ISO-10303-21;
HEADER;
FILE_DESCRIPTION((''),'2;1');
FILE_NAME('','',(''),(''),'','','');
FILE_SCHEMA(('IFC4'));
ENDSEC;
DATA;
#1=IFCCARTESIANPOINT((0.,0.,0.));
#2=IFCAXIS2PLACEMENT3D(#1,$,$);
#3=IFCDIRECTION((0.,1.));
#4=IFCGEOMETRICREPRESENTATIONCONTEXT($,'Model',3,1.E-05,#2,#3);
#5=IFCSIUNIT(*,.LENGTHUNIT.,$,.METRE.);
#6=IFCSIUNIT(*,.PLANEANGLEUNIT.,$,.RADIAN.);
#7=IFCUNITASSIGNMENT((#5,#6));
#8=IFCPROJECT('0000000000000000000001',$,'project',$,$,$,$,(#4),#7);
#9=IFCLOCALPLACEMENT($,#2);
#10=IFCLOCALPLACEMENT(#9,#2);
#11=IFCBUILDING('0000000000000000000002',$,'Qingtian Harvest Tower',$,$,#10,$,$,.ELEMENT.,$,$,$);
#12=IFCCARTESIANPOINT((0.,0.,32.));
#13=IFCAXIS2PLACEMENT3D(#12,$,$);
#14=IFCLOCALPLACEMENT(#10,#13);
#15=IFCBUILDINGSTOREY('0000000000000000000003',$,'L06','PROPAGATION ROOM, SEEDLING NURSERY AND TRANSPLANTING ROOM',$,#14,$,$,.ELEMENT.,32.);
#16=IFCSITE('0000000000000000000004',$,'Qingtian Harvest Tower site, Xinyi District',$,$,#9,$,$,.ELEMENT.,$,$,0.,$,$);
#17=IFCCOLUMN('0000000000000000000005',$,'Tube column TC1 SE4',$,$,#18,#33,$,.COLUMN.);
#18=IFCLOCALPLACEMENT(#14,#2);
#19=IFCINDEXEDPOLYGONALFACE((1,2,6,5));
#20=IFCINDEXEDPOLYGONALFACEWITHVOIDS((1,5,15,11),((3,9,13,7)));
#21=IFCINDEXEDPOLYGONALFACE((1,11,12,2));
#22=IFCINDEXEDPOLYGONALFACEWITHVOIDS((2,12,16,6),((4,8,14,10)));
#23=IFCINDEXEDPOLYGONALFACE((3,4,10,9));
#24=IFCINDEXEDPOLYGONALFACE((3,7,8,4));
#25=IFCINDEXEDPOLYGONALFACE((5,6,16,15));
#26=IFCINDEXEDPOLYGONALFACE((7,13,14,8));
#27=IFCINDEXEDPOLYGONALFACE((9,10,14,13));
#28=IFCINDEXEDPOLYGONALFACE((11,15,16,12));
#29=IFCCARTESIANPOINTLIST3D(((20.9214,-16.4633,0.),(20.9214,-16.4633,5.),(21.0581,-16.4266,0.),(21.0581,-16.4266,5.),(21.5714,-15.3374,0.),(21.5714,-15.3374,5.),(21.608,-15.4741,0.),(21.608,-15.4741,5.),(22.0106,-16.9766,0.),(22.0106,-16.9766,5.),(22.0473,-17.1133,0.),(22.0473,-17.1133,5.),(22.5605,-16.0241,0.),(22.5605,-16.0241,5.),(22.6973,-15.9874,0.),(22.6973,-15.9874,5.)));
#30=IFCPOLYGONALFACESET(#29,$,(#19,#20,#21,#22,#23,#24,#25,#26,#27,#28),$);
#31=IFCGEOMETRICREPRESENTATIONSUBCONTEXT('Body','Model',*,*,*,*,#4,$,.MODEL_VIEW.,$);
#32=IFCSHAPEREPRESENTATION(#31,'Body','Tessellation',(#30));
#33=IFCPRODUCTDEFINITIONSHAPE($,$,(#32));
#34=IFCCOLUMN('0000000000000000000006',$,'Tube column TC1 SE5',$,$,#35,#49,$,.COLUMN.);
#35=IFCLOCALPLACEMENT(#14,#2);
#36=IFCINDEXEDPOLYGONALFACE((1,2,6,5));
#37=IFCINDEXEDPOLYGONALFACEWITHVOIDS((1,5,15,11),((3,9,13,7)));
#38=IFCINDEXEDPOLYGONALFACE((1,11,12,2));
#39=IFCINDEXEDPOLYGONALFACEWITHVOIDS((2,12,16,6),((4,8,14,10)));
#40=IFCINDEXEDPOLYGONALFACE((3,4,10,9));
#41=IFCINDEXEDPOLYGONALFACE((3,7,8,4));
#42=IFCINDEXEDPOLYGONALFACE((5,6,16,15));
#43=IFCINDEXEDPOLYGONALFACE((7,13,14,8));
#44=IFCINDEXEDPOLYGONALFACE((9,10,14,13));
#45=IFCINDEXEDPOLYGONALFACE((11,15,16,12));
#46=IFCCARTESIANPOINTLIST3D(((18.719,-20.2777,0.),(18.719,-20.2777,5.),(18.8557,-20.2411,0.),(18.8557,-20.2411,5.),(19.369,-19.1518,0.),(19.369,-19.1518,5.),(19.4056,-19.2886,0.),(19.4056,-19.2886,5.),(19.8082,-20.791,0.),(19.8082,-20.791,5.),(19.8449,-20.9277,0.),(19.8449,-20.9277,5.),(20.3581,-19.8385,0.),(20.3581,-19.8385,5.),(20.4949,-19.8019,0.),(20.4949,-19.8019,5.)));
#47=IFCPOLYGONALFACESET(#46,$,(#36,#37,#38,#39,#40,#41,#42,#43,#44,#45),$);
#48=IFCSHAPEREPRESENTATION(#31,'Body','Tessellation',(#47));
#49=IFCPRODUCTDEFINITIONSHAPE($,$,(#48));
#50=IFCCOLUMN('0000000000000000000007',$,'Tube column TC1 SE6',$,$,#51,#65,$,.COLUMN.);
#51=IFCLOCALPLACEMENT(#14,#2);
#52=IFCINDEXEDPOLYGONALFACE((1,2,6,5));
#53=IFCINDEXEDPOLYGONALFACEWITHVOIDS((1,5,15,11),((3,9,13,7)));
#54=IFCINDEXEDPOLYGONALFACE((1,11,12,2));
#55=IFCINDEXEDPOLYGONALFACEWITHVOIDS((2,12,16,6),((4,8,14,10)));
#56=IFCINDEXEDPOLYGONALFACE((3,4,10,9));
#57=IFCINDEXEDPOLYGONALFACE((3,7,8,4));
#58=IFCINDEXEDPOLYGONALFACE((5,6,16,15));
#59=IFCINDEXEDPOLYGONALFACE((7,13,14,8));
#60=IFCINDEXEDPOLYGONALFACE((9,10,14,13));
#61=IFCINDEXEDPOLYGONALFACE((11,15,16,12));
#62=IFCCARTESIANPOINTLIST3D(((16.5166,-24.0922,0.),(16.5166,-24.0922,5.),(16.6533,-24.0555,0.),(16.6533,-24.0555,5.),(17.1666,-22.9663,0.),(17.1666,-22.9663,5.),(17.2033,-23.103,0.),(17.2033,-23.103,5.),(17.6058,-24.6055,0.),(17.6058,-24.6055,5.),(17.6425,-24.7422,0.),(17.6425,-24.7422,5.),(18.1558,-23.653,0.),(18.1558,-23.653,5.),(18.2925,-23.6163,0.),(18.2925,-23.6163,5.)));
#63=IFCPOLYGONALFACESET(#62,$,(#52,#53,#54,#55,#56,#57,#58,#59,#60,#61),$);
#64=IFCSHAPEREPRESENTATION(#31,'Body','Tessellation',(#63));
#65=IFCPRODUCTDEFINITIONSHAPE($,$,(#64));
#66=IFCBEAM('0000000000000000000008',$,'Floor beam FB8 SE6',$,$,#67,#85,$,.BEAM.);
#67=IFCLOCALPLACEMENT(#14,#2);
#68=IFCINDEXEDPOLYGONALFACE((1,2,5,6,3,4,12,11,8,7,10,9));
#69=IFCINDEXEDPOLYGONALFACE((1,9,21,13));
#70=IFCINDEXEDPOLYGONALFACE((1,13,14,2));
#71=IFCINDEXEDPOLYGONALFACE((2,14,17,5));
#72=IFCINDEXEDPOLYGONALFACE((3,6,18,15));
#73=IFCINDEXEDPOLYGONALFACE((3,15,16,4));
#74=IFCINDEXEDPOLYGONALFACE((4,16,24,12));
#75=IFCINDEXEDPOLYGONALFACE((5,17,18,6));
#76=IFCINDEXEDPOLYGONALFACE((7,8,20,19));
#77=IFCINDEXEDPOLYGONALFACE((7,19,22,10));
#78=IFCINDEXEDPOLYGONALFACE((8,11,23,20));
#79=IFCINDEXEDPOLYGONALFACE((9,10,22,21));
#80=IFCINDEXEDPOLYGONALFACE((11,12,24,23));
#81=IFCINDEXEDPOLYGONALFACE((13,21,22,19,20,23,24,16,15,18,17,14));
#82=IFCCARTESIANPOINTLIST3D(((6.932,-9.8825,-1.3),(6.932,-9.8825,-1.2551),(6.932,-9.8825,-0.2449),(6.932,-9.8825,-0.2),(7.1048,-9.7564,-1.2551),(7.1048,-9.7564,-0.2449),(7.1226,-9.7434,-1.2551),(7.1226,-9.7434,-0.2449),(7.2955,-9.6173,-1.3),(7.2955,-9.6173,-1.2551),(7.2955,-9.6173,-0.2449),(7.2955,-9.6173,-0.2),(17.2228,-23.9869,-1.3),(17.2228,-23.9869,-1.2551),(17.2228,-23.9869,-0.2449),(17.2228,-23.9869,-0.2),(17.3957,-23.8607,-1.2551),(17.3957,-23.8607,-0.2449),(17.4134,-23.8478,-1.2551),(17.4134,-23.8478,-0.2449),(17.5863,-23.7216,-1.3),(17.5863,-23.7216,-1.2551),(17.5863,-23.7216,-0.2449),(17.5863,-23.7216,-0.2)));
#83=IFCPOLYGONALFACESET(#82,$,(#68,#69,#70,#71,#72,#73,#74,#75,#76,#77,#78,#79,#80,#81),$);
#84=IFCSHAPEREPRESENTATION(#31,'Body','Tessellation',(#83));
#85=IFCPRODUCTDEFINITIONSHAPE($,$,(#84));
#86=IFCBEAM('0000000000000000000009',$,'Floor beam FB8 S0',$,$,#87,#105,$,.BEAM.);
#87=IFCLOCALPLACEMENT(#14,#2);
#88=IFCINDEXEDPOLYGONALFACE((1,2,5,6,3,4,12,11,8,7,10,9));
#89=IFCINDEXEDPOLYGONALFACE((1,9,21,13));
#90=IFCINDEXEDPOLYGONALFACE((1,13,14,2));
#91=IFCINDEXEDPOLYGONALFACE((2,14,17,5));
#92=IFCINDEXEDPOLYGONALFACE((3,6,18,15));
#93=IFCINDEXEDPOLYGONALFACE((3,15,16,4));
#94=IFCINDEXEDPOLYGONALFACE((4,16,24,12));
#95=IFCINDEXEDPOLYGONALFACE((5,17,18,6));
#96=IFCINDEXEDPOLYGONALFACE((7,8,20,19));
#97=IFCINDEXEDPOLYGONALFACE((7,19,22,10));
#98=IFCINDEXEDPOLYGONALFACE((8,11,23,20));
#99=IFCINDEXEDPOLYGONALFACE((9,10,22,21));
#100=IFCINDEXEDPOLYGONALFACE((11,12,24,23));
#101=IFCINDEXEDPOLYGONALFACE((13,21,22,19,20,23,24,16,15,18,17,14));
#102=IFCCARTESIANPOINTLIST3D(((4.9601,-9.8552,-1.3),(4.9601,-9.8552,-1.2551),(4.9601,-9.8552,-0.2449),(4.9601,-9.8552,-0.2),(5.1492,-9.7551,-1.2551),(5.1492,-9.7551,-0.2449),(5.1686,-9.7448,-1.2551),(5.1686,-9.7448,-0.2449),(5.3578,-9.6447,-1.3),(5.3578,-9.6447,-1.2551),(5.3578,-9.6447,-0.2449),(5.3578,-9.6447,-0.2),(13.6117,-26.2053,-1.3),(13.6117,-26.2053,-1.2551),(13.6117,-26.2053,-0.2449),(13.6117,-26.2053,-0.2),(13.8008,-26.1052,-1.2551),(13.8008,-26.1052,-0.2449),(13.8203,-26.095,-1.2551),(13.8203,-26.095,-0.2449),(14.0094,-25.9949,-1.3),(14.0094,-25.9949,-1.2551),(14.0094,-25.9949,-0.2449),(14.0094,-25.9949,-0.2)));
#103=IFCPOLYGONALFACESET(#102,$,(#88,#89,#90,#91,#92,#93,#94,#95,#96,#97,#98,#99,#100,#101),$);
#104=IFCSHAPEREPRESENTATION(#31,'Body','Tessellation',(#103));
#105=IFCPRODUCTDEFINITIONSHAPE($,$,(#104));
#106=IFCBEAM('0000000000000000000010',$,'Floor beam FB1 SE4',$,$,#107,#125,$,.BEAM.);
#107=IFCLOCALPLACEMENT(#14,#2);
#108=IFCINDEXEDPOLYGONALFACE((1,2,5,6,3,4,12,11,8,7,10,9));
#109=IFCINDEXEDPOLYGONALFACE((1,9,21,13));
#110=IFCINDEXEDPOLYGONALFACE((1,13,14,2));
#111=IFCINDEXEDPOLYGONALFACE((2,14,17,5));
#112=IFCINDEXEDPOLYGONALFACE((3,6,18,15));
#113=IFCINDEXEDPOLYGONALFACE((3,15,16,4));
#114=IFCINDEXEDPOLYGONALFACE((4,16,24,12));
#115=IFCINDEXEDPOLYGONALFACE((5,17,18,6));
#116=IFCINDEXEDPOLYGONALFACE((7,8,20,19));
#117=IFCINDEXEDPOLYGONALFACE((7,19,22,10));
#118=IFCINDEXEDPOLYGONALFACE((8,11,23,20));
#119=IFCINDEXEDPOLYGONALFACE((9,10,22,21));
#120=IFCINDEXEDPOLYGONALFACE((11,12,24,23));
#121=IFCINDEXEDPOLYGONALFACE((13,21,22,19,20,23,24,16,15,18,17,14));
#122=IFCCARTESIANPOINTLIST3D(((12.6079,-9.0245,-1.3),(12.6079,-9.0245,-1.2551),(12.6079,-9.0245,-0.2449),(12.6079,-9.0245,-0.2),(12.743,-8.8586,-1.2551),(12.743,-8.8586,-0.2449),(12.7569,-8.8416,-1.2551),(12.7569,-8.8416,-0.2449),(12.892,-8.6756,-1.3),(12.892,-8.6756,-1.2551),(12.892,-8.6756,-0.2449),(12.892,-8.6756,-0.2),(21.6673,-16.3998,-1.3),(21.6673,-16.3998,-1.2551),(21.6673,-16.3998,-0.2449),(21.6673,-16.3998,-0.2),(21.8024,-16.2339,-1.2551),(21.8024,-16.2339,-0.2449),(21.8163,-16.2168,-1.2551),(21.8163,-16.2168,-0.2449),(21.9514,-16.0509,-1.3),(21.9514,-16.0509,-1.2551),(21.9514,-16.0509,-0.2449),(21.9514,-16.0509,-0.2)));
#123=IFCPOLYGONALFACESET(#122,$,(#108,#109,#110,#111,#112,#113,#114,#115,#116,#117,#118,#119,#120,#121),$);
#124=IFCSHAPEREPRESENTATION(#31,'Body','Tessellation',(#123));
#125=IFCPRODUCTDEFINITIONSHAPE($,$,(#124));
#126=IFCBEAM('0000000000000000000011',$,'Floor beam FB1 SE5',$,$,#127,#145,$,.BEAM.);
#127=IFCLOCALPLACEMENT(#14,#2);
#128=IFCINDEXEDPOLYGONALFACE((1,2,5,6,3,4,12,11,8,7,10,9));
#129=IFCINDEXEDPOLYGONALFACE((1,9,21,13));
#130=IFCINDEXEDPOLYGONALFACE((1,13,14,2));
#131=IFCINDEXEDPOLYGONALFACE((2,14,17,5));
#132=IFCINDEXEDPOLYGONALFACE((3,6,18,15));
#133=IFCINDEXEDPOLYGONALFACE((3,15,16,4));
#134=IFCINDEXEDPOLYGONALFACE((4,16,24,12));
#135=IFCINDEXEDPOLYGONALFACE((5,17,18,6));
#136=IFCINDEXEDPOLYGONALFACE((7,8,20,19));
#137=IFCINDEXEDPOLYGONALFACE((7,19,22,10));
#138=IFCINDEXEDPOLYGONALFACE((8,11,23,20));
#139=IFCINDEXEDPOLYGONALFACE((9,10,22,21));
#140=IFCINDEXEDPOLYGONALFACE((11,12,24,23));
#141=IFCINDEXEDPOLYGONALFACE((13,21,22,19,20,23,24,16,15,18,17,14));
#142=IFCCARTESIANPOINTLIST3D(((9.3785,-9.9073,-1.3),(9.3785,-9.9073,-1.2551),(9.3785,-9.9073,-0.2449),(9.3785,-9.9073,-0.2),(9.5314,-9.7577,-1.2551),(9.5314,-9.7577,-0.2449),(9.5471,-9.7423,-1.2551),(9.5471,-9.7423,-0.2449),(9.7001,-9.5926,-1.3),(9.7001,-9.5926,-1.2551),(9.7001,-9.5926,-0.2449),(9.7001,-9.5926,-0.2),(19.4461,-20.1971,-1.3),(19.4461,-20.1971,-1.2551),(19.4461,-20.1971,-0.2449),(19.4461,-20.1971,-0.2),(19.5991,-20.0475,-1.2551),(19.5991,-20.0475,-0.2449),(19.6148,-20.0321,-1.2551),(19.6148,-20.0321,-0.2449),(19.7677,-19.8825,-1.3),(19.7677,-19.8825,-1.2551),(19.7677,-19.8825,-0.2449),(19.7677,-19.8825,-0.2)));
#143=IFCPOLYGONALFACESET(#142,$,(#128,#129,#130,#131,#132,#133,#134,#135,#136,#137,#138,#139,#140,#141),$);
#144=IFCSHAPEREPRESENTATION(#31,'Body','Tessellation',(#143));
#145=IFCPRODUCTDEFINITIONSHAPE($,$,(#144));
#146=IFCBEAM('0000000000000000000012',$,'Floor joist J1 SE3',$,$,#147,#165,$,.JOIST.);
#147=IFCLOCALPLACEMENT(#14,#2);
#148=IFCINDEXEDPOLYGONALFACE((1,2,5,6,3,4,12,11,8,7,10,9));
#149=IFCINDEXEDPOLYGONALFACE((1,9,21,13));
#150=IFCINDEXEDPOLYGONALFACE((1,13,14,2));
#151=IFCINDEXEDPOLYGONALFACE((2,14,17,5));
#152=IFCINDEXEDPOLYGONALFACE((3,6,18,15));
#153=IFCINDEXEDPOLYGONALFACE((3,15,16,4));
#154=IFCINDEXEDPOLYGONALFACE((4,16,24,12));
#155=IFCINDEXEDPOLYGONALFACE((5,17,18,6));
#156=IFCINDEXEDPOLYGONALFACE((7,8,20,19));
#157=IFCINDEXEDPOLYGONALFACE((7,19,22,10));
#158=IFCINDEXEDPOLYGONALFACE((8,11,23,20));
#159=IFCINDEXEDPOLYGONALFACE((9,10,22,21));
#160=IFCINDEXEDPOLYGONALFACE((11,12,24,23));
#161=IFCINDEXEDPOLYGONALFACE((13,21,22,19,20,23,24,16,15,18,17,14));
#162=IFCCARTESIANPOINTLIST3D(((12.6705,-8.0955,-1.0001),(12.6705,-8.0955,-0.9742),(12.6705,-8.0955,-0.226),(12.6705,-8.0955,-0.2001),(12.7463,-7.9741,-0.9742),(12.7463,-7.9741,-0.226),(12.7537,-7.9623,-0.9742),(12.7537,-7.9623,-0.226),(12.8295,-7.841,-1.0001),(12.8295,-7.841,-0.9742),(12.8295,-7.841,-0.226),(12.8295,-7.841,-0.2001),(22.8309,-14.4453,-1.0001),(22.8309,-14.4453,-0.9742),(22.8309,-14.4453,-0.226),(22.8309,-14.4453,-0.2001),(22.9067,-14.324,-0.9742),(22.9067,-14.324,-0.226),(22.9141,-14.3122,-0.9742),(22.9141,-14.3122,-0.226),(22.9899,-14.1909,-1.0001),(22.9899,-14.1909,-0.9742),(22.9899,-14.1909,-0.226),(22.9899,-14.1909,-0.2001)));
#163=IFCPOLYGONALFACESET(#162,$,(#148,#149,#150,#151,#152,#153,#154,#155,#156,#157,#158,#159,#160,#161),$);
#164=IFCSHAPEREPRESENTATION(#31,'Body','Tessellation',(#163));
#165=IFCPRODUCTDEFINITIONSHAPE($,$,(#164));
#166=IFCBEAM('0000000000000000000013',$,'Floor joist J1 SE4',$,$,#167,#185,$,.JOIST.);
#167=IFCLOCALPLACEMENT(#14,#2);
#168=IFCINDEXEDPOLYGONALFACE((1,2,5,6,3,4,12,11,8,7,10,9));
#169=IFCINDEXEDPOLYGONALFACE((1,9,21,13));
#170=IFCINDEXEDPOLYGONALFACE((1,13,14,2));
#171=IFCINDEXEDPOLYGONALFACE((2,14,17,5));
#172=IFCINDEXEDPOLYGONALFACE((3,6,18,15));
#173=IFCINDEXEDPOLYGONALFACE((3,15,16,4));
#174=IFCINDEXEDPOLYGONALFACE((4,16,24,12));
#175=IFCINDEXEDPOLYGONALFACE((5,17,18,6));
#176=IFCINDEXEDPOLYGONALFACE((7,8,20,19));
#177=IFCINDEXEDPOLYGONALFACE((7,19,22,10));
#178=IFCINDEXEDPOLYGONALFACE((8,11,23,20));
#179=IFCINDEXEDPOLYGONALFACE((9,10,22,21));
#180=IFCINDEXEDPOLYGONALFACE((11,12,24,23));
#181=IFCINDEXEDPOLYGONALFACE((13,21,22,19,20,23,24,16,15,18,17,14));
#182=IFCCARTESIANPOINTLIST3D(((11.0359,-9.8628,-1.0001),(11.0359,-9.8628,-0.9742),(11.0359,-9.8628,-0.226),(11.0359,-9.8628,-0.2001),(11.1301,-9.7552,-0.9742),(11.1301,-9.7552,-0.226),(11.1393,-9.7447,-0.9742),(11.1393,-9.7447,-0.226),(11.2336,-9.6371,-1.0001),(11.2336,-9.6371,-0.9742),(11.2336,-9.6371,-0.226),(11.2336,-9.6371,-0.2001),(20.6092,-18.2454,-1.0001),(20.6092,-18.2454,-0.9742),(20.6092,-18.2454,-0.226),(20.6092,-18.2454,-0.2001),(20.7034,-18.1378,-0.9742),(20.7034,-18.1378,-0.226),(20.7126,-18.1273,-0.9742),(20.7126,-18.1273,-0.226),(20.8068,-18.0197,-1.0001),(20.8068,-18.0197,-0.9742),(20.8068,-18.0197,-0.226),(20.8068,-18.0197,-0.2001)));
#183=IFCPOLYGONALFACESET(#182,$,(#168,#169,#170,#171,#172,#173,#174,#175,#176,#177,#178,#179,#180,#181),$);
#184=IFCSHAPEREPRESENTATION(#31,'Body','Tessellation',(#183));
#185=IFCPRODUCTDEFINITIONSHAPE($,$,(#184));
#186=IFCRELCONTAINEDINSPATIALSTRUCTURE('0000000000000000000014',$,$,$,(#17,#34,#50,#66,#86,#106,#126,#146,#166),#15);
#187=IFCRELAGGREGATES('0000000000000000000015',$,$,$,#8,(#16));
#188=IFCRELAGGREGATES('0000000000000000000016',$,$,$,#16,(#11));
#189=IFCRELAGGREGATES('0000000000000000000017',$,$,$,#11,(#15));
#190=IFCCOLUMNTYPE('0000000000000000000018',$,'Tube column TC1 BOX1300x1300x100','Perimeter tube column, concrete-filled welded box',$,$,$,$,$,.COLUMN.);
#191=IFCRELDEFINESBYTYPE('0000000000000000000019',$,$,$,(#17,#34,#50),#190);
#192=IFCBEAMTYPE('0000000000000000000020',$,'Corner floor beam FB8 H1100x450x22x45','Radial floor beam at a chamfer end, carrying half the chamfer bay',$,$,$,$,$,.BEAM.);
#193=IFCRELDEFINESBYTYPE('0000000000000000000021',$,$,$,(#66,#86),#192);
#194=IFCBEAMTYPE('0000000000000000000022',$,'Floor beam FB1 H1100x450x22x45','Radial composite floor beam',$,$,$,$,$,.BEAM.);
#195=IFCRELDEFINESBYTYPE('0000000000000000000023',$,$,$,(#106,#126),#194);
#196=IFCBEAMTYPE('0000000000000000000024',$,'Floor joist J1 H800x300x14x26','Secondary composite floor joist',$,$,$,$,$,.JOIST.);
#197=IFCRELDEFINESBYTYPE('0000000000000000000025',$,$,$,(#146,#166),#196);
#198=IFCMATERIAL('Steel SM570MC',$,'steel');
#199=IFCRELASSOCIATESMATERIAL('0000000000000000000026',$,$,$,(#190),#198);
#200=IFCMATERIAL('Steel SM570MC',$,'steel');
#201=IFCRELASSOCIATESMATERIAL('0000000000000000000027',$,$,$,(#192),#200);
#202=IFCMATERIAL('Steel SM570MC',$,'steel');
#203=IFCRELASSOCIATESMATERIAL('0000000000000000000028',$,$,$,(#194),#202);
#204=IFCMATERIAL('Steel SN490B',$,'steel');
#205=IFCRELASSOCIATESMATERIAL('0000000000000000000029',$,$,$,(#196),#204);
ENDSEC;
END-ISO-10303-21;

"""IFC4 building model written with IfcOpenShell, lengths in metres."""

from ifc_helpers import new_model, si_unit, direction, frame, origin, origin_2d, place, context, subcontext, project, spatial, hollow_rectangle, i_section, extrude, material, material_profile, profile_set, type_object, element, save


model = new_model("IFC4")

# Units and contexts
model_context = context("Model", 3, precision=1e-05, world=origin(), true_north=direction((0.0, 1.0)))
body_context = subcontext(model_context, "Body", "Model", "MODEL_VIEW")
ifc_project = project(units=[si_unit("LENGTHUNIT", "METRE"), si_unit("PLANEANGLEUNIT", "RADIAN")], contexts=[model_context])

# Site, building, storey
site_placement = place(None, origin())
site = spatial("IfcSite", under=ifc_project, at=site_placement, Name="Qingtian Harvest Tower site, Xinyi District", CompositionType="ELEMENT", RefElevation=0.0)
building_placement = place(site_placement, origin())
building = spatial("IfcBuilding", under=site, at=building_placement, Name="Qingtian Harvest Tower", CompositionType="ELEMENT")
storey_placement = place(building_placement, frame((0.0, 0.0, 32.0)))
storey = spatial("IfcBuildingStorey", under=building, at=storey_placement, Name="L06", Description="PROPAGATION ROOM, SEEDLING NURSERY AND TRANSPLANTING ROOM", CompositionType="ELEMENT", Elevation=32.0)

# Columns
ifc_material_1 = material(Name="Steel SM570MC", Category="steel")
ifc_material_profile_1 = material_profile(ifc_material_1, hollow_rectangle(XDim=1.3, YDim=1.3, WallThickness=0.1001, at=origin_2d()), Name="BOX1300x1300x100")
ifc_profile_set_1 = profile_set([ifc_material_profile_1], Name="Steel SM570MC")
column_type = type_object("IfcColumnType", Name="Tube column TC1 BOX1300x1300x100", Description="Perimeter tube column, concrete-filled welded box", PredefinedType="COLUMN", material=ifc_profile_set_1)
for number, where, z_axis, x_axis, name in (
    (1, (21.8093, -16.2253, 0.0), (0.0, 0.0, 1.0), (0.5, 0.866025, 0.0), "Tube column TC1 SE4"),
    (2, (19.6069, -20.0398, 0.0), (0.0, 0.0, 1.0), (0.5, 0.866025, 0.0), "Tube column TC1 SE5"),
    (3, (17.4045, -23.8542, 0.0), (0.0, 0.0, 1.0), (0.5, 0.866025, 0.0), "Tube column TC1 SE6"),
):
    element("IfcColumn", number, at=place(storey_placement, frame(where, z_axis=z_axis, x_axis=x_axis)), inside=storey, type_object=column_type, Name=name, PredefinedType="COLUMN", context=body_context, shape_type="SweptSolid", body=[
        extrude(hollow_rectangle(XDim=1.3, YDim=1.3, WallThickness=0.1001, at=origin_2d()), origin(), (0.0, 0.0, 1.0), 5.0),
    ])

# Beams
ifc_material_2 = material(Name="Steel SM570MC", Category="steel")
ifc_material_profile_2 = material_profile(ifc_material_2, i_section(OverallWidth=0.45, OverallDepth=1.1001, WebThickness=0.022, FlangeThickness=0.0449, at=origin_2d()), Name="H1100x450x22x45")
ifc_profile_set_2 = profile_set([ifc_material_profile_2], Name="Steel SM570MC")
beam_type_1 = type_object("IfcBeamType", Name="Corner floor beam FB8 H1100x450x22x45", Description="Radial floor beam at a chamfer end, carrying half the chamfer bay", PredefinedType="BEAM", material=ifc_profile_set_2)
beam_1_placement = place(storey_placement, frame((17.4045, -23.8542, -0.75), z_axis=(-0.589412, 0.807832, 0.0), x_axis=(-0.807832, -0.589412, 0.0)))
element("IfcBeam", 4, at=beam_1_placement, inside=storey, type_object=beam_type_1, Name="Floor beam FB8 SE6", PredefinedType="BEAM", context=body_context, shape_type="SweptSolid", body=[
    extrude(i_section(OverallWidth=0.45, OverallDepth=1.1001, WebThickness=0.022, FlangeThickness=0.0449, at=origin_2d()), origin(), (0.0, 0.0, 1.0), 17.4595),
])
beam_2_placement = place(storey_placement, frame((13.8105, -26.1001, -0.75), z_axis=(-0.467705, 0.883885, 0.0), x_axis=(-0.883885, -0.467705, 0.0)))
element("IfcBeam", 5, at=beam_2_placement, inside=storey, type_object=beam_type_1, Name="Floor beam FB8 S0", PredefinedType="BEAM", context=body_context, shape_type="SweptSolid", body=[
    extrude(i_section(OverallWidth=0.45, OverallDepth=1.1001, WebThickness=0.022, FlangeThickness=0.0449, at=origin_2d()), origin(), (0.0, 0.0, 1.0), 18.498),
])
ifc_material_3 = material(Name="Steel SM570MC", Category="steel")
ifc_material_profile_3 = material_profile(ifc_material_3, i_section(OverallWidth=0.45, OverallDepth=1.1001, WebThickness=0.022, FlangeThickness=0.0449, at=origin_2d()), Name="H1100x450x22x45")
ifc_profile_set_3 = profile_set([ifc_material_profile_3], Name="Steel SM570MC")
beam_type_2 = type_object("IfcBeamType", Name="Floor beam FB1 H1100x450x22x45", Description="Radial composite floor beam", PredefinedType="BEAM", material=ifc_profile_set_3)
beam_3_placement = place(storey_placement, frame((21.8093, -16.2253, -0.75), z_axis=(-0.775504, 0.631342, 0.0), x_axis=(-0.631342, -0.775504, 0.0)))
element("IfcBeam", 6, at=beam_3_placement, inside=storey, type_object=beam_type_2, Name="Floor beam FB1 SE4", PredefinedType="BEAM", context=body_context, shape_type="SweptSolid", body=[
    extrude(i_section(OverallWidth=0.45, OverallDepth=1.1001, WebThickness=0.022, FlangeThickness=0.0449, at=origin_2d()), origin(), (0.0, 0.0, 1.0), 11.6819),
])
beam_4_placement = place(storey_placement, frame((19.6069, -20.0398, -0.75), z_axis=(-0.699348, 0.714781, 0.0), x_axis=(-0.714781, -0.699348, 0.0)))
element("IfcBeam", 7, at=beam_4_placement, inside=storey, type_object=beam_type_2, Name="Floor beam FB1 SE5", PredefinedType="BEAM", context=body_context, shape_type="SweptSolid", body=[
    extrude(i_section(OverallWidth=0.45, OverallDepth=1.1001, WebThickness=0.022, FlangeThickness=0.0449, at=origin_2d()), origin(), (0.0, 0.0, 1.0), 14.3958),
])
ifc_material_4 = material(Name="Steel SN490B", Category="steel")
ifc_material_profile_4 = material_profile(ifc_material_4, i_section(OverallWidth=0.3, OverallDepth=0.8, WebThickness=0.0139, FlangeThickness=0.0259, at=origin_2d()), Name="H800x300x14x26")
ifc_profile_set_4 = profile_set([ifc_material_profile_4], Name="Steel SN490B")
beam_type_3 = type_object("IfcBeamType", Name="Floor joist J1 H800x300x14x26", Description="Secondary composite floor joist", PredefinedType="JOIST", material=ifc_profile_set_4)
beam_5_placement = place(storey_placement, frame((22.9104, -14.3181, -0.6001), z_axis=(-0.848013, 0.529975, 0.0), x_axis=(-0.529975, -0.848013, 0.0)))
element("IfcBeam", 8, at=beam_5_placement, inside=storey, type_object=beam_type_3, Name="Floor joist J1 SE3", PredefinedType="JOIST", context=body_context, shape_type="SweptSolid", body=[
    extrude(i_section(OverallWidth=0.3, OverallDepth=0.8, WebThickness=0.0139, FlangeThickness=0.0259, at=origin_2d()), origin(), (0.0, 0.0, 1.0), 11.9814),
])
beam_6_placement = place(storey_placement, frame((20.708, -18.1326, -0.6001), z_axis=(-0.752344, 0.658771, 0.0), x_axis=(-0.658771, -0.752344, 0.0)))
element("IfcBeam", 9, at=beam_6_placement, inside=storey, type_object=beam_type_3, Name="Floor joist J1 SE4", PredefinedType="JOIST", context=body_context, shape_type="SweptSolid", body=[
    extrude(i_section(OverallWidth=0.3, OverallDepth=0.8, WebThickness=0.0139, FlangeThickness=0.0259, at=origin_2d()), origin(), (0.0, 0.0, 1.0), 12.7246),
])

save(model, "model.ifc")
